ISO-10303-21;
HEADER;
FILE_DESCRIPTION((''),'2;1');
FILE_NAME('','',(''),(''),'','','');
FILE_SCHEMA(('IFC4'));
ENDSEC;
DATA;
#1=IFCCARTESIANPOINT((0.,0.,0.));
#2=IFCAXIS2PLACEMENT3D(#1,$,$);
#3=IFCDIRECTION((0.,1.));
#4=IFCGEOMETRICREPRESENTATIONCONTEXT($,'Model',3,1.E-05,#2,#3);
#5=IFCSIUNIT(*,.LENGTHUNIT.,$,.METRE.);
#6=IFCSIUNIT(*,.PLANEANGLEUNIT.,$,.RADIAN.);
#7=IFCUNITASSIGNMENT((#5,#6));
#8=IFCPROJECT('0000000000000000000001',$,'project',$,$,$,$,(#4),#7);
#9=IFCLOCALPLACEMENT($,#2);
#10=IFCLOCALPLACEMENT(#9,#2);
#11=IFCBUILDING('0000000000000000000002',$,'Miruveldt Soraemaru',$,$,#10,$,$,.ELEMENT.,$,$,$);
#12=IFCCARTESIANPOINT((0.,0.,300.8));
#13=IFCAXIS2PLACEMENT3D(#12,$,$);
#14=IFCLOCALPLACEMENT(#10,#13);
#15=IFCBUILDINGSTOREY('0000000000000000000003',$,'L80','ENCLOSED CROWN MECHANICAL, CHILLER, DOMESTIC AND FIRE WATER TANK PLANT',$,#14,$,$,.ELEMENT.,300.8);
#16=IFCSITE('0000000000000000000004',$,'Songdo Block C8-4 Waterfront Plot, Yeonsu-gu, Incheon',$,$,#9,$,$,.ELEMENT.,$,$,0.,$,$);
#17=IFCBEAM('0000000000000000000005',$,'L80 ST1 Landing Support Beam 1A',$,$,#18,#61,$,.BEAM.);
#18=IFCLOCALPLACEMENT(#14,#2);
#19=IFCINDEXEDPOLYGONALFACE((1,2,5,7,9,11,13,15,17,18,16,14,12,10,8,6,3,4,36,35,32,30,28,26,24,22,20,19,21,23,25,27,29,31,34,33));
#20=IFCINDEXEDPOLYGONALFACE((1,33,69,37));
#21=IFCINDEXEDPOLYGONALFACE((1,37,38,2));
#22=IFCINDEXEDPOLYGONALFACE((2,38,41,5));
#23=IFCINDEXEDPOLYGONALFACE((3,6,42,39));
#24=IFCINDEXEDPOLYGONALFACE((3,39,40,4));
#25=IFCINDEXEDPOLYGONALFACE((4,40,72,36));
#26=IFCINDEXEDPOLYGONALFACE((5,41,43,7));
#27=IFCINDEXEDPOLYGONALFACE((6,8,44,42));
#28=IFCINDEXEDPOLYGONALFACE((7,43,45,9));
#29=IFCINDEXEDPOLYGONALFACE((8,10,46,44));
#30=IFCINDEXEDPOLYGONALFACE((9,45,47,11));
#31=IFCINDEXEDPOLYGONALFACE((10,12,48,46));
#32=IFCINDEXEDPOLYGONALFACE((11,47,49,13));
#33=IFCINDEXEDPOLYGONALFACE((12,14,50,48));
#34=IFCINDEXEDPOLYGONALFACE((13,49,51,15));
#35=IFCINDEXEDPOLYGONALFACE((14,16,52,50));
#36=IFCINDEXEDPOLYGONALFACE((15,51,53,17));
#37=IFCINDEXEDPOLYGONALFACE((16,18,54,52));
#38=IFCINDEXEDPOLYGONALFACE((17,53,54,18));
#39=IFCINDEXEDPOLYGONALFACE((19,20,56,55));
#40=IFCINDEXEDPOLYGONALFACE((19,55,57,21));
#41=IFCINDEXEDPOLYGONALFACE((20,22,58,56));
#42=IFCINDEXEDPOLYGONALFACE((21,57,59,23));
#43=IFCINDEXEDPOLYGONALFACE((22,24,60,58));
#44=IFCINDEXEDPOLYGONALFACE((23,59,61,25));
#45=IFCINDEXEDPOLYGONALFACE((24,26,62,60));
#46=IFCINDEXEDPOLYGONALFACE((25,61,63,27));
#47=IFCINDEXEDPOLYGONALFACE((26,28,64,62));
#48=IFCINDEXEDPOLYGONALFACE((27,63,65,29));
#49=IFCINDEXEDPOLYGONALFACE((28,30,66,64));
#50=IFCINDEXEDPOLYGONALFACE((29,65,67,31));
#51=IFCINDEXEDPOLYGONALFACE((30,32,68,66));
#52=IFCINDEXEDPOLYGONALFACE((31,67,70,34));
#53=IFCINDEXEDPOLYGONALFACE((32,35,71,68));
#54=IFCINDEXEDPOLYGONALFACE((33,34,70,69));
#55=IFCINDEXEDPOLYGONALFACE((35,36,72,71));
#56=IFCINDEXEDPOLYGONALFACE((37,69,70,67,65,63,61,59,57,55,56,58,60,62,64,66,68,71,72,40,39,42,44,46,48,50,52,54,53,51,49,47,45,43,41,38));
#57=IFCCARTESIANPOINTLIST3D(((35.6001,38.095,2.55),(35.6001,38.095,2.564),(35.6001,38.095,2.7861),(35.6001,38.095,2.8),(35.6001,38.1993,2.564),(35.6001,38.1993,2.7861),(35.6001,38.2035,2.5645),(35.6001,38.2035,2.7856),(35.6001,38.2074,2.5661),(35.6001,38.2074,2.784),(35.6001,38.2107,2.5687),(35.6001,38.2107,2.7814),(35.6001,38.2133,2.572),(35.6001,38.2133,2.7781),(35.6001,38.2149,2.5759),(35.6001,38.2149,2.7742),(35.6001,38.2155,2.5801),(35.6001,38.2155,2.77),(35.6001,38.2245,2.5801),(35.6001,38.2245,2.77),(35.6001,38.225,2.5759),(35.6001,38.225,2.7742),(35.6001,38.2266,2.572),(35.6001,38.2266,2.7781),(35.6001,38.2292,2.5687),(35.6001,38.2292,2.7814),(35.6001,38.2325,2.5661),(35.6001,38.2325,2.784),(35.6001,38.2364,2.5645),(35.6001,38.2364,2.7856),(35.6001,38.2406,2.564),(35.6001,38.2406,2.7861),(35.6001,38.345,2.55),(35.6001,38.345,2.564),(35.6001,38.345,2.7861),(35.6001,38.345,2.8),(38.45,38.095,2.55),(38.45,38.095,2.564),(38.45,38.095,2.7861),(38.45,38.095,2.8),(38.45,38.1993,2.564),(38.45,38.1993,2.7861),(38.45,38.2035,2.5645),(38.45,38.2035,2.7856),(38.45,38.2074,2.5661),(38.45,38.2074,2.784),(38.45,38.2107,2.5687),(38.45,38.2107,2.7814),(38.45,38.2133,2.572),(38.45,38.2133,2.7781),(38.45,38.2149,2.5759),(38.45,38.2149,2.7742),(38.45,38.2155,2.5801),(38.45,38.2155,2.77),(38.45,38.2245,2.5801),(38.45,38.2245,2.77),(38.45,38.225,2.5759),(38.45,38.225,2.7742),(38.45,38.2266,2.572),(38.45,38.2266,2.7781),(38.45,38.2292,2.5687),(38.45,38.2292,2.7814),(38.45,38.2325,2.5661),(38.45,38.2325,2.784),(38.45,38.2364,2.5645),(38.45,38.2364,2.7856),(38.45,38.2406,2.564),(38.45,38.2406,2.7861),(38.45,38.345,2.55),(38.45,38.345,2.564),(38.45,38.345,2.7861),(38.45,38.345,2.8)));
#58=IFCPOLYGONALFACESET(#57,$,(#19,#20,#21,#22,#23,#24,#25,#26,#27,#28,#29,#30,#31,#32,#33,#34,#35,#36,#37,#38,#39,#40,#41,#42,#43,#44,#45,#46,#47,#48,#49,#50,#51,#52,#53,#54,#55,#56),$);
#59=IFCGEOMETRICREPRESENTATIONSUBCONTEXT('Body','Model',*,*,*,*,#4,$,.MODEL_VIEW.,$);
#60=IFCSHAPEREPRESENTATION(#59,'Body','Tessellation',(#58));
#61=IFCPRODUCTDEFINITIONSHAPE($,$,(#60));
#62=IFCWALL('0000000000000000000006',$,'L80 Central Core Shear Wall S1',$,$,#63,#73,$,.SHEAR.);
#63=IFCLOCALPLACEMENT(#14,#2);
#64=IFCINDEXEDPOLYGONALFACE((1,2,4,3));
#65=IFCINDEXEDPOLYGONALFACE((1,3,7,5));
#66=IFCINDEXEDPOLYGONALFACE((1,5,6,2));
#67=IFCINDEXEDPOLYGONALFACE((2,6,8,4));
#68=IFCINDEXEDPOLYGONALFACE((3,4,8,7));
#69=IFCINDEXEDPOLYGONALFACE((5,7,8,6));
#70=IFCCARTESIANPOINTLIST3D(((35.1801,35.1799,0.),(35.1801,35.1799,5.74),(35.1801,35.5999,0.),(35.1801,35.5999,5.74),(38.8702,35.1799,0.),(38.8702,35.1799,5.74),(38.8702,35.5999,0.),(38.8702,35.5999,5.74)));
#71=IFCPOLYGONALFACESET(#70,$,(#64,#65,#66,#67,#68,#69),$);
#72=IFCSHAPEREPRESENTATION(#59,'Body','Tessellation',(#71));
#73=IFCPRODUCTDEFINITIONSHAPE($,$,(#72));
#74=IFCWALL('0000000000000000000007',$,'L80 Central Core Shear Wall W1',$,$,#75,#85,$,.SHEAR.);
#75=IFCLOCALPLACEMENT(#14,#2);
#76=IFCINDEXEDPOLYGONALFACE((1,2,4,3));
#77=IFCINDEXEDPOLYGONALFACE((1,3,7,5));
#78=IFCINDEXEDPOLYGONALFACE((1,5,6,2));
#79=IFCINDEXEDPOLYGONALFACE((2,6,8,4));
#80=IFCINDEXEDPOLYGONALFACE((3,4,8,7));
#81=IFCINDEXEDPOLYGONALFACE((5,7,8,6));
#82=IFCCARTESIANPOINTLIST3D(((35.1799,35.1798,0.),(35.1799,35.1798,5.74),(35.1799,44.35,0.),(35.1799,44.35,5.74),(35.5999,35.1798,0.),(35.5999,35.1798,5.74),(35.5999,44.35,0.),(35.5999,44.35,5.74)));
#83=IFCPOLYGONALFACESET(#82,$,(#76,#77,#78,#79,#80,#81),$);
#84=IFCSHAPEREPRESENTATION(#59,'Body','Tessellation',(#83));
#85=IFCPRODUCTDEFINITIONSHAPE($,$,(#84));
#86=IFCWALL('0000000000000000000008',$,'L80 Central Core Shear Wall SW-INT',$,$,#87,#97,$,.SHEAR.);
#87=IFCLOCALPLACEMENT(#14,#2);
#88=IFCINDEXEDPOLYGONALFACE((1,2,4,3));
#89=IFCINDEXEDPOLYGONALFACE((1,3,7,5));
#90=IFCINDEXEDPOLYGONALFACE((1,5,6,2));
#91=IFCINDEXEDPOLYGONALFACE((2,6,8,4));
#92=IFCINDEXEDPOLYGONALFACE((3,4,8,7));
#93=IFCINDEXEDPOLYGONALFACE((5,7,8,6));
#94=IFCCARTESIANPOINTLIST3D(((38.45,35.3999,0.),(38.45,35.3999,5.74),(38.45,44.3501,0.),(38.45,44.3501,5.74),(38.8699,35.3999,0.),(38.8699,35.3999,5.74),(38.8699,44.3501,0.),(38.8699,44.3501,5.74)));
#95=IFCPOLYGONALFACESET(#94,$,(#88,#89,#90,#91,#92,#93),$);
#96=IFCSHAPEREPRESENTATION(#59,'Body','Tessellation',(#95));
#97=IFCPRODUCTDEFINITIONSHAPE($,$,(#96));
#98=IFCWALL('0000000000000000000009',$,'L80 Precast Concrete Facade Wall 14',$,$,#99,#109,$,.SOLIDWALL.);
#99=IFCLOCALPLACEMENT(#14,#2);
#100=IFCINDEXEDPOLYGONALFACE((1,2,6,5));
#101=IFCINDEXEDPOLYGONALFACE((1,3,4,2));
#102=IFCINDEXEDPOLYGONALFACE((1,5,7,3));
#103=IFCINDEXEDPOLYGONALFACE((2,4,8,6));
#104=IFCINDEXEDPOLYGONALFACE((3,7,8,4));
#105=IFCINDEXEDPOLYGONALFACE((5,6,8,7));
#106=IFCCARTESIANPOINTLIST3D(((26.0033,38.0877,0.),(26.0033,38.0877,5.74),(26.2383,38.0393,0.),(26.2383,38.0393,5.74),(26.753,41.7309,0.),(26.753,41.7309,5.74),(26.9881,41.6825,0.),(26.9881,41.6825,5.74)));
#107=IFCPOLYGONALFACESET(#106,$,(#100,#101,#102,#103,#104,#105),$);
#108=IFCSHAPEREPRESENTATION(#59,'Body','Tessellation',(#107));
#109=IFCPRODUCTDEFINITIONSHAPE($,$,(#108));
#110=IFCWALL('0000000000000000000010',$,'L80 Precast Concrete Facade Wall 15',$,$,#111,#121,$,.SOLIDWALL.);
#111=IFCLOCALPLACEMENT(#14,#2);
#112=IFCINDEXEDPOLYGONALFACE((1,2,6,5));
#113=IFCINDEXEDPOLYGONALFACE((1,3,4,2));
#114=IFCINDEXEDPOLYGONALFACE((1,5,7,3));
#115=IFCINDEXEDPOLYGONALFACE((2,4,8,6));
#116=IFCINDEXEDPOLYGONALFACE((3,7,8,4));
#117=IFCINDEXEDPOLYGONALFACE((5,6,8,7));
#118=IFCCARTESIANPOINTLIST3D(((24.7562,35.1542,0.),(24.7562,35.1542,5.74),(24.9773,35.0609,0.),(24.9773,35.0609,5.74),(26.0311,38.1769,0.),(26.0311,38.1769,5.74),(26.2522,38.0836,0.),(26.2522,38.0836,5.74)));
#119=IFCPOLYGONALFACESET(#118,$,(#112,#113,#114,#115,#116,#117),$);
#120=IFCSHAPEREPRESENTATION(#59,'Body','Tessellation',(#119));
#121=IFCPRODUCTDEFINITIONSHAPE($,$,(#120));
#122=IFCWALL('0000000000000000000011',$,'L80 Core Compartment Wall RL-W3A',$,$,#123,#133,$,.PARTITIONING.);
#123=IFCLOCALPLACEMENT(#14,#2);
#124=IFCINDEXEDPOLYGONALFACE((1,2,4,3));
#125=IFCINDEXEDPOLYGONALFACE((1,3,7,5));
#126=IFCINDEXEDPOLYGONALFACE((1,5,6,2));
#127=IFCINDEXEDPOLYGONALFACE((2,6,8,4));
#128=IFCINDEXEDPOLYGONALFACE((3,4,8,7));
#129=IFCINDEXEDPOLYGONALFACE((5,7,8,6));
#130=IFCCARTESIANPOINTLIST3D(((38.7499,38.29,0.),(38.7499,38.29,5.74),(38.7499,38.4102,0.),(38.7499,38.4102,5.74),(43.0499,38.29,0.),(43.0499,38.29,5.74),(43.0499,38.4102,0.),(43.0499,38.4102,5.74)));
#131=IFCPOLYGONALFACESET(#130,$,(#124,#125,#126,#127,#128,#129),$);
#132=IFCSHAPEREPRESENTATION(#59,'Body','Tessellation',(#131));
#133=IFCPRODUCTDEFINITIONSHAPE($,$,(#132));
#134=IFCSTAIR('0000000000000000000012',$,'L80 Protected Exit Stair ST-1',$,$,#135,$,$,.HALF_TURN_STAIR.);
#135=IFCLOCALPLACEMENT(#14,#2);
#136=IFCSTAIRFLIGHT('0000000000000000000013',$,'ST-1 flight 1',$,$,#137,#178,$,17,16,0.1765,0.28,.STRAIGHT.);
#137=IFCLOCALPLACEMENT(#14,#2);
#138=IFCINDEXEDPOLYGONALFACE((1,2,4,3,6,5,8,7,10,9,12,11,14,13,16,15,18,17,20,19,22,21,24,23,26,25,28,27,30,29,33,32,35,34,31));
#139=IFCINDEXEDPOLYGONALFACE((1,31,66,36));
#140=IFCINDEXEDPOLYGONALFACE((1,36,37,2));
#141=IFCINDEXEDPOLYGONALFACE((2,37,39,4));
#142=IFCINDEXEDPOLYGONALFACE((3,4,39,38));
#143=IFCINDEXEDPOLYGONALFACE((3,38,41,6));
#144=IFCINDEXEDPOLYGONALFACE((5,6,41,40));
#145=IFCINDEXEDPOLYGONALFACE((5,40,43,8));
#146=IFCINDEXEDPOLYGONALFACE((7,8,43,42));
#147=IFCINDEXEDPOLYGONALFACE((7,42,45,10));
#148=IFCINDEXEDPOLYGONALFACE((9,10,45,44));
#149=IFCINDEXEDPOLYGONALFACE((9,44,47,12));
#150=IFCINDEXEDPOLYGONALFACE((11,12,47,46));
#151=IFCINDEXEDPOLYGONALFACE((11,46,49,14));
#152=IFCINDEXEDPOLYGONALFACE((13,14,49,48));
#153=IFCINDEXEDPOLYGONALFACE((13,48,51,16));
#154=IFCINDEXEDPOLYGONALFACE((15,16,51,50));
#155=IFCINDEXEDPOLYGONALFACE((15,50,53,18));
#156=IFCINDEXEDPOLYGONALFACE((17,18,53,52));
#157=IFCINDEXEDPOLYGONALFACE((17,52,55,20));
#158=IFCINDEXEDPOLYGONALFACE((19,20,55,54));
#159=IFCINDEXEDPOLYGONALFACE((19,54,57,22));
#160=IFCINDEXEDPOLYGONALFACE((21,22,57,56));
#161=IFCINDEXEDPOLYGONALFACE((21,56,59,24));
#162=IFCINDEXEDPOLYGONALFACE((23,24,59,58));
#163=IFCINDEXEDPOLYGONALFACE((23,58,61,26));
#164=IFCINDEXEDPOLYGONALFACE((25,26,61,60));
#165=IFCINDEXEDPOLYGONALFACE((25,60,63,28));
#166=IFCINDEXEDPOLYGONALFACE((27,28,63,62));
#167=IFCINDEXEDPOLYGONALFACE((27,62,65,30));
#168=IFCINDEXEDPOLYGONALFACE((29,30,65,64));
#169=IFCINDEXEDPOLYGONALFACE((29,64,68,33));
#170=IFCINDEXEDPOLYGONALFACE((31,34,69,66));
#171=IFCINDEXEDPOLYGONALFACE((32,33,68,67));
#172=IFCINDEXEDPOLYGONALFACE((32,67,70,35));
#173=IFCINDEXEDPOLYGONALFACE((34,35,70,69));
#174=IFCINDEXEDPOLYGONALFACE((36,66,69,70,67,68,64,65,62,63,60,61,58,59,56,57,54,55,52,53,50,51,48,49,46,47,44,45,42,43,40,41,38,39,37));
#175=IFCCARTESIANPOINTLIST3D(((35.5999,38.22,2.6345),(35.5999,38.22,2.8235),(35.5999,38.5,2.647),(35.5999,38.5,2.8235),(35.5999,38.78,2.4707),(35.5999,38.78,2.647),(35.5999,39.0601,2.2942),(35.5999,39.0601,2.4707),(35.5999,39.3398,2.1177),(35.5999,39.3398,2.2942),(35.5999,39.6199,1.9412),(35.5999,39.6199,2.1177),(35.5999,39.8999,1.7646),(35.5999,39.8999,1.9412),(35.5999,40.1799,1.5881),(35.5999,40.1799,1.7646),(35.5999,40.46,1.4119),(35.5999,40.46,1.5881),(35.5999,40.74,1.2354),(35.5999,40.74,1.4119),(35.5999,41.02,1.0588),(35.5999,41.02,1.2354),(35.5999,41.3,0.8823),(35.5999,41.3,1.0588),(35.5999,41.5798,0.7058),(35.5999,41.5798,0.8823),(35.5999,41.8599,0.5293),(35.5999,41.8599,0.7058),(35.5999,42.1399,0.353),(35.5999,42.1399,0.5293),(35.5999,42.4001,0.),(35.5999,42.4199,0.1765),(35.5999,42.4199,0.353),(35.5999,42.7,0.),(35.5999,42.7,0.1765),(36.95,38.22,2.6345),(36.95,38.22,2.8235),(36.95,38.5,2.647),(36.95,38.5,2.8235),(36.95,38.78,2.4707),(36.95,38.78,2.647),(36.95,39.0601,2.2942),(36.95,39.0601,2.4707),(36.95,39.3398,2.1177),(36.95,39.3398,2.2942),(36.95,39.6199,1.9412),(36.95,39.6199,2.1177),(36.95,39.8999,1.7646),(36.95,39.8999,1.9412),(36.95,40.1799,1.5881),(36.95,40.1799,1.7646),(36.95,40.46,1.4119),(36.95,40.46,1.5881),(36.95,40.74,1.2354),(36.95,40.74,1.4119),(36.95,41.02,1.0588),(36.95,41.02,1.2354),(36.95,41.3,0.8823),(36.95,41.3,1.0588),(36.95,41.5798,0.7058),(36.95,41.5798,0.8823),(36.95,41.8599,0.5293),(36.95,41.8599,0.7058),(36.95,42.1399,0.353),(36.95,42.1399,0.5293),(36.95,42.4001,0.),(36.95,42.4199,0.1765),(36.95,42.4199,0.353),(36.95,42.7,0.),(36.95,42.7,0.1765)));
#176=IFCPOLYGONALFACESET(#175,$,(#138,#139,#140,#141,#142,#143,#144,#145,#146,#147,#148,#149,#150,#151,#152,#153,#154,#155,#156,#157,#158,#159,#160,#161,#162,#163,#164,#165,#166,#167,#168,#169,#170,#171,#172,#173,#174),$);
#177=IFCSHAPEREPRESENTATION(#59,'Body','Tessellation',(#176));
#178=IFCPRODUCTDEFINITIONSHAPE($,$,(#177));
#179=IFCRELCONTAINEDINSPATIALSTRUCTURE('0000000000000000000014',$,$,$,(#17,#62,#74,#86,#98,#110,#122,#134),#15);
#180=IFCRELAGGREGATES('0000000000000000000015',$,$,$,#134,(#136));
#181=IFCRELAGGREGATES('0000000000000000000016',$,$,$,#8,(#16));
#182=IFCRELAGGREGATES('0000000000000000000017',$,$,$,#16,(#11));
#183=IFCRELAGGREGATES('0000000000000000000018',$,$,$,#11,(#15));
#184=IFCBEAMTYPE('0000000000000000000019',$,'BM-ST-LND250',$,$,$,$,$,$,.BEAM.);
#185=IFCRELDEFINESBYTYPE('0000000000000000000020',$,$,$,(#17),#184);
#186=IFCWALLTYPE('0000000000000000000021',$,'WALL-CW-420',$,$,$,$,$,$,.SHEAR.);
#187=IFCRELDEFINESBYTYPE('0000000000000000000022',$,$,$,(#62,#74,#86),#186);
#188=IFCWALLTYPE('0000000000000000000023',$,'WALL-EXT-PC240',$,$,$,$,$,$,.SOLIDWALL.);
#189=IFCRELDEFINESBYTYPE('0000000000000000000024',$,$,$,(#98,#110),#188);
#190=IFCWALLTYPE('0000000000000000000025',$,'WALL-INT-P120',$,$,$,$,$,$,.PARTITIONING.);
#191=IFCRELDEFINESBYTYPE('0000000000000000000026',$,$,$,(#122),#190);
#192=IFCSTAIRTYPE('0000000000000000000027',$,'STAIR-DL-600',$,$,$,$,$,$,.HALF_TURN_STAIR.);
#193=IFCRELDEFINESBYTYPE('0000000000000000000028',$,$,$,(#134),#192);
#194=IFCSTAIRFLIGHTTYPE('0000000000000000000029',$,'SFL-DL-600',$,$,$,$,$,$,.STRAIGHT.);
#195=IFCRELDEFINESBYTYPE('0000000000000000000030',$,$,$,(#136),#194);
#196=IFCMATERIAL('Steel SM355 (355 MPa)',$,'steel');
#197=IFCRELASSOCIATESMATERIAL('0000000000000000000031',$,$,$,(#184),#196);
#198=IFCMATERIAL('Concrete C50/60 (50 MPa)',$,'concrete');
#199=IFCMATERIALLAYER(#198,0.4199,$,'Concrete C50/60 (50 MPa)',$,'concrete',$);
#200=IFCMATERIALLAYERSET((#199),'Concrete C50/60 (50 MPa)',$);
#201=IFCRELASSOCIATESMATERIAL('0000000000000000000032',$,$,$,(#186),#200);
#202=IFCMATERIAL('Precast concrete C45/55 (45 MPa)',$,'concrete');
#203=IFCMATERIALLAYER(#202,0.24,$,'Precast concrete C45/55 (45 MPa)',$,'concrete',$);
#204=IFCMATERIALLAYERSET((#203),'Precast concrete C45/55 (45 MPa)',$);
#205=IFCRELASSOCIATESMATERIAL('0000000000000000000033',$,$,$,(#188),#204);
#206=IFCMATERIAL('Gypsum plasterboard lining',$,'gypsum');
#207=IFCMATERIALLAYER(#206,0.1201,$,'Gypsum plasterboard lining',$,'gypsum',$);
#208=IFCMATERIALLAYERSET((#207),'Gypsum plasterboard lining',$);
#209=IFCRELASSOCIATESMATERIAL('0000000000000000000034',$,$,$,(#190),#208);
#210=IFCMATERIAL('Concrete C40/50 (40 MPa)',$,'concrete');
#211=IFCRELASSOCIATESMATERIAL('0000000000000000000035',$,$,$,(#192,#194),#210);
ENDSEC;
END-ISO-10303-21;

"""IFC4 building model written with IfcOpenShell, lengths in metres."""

from ifc_helpers import new_model, si_unit, direction, frame, frame_2d, origin, origin_2d, place, context, subcontext, project, spatial, polyline, rectangle, i_section, outline, extrude, material, layer, layer_set, material_profile, profile_set, type_object, element, aggregate, save


model = new_model("IFC4")

# Units and contexts
model_context = context("Model", 3, precision=1e-05, world=origin(), true_north=direction((0.0, 1.0)))
body_context = subcontext(model_context, "Body", "Model", "MODEL_VIEW")
ifc_project = project(units=[si_unit("LENGTHUNIT", "METRE"), si_unit("PLANEANGLEUNIT", "RADIAN")], contexts=[model_context])

# Site, building, storey
site_placement = place(None, origin())
site = spatial("IfcSite", under=ifc_project, at=site_placement, Name="Songdo Block C8-4 Waterfront Plot, Yeonsu-gu, Incheon", CompositionType="ELEMENT", RefElevation=0.0)
building_placement = place(site_placement, origin())
building = spatial("IfcBuilding", under=site, at=building_placement, Name="Miruveldt Soraemaru", CompositionType="ELEMENT")
storey_placement = place(building_placement, frame((0.0, 0.0, 300.8)))
storey = spatial("IfcBuildingStorey", under=building, at=storey_placement, Name="L80", Description="ENCLOSED CROWN MECHANICAL, CHILLER, DOMESTIC AND FIRE WATER TANK PLANT", CompositionType="ELEMENT", Elevation=300.8)

# Shared definitions
ifc_material_1 = material(Name="Concrete C50/60 (50 MPa)", Category="concrete")

# Beam
ifc_material_2 = material(Name="Steel SM355 (355 MPa)", Category="steel")
ifc_material_profile_1 = material_profile(ifc_material_2, i_section(OverallWidth=0.25, OverallDepth=0.25, WebThickness=0.009, FlangeThickness=0.0139, FilletRadius=0.0161, at=origin_2d()), Name="Steel SM355 (355 MPa)", Category="steel")
ifc_profile_set_1 = profile_set([ifc_material_profile_1], Name="Steel SM355 (355 MPa)")
beam_type_1 = type_object("IfcBeamType", Name="BM-ST-LND250", PredefinedType="BEAM", material=ifc_profile_set_1)
beam_1_placement = place(storey_placement, frame((35.6001, 38.22, 2.675), z_axis=(1.0, 0.0, 0.0), x_axis=(0.0, 1.0, 0.0)))
element("IfcBeam", 1, at=beam_1_placement, inside=storey, type_object=beam_type_1, Name="L80 ST1 Landing Support Beam 1A", PredefinedType="BEAM", context=body_context, shape_type="SweptSolid", body=[
    extrude(i_section(OverallWidth=0.25, OverallDepth=0.25, WebThickness=0.009, FlangeThickness=0.0139, FilletRadius=0.0161, at=origin_2d()), origin(), (0.0, 0.0, 1.0), 2.8499),
])

# Walls
ifc_layer_1 = layer(ifc_material_1, 0.4199, Name="Concrete C50/60 (50 MPa)", Category="concrete")
ifc_layer_set_1 = layer_set([ifc_layer_1], Name="Concrete C50/60 (50 MPa)")
wall_type_1 = type_object("IfcWallType", Name="WALL-CW-420", PredefinedType="SHEAR", material=ifc_layer_set_1)
wall_1_placement = place(storey_placement, frame((35.1799, 35.3899, 0.0), z_axis=(0.0, 0.0, 1.0), x_axis=(1.0, 0.0, 0.0)))
element("IfcWall", 2, at=wall_1_placement, inside=storey, type_object=wall_type_1, Name="L80 Central Core Shear Wall S1", PredefinedType="SHEAR", context=body_context, shape_type="SweptSolid", body=[
    extrude(rectangle(XDim=3.6902, YDim=0.4199, at=frame_2d((1.8452, 0.0))), origin(), (0.0, 0.0, 1.0), 5.74),
])
wall_2_placement = place(storey_placement, frame((35.3899, 35.1799, 0.0), z_axis=(0.0, 0.0, 1.0), x_axis=(0.0, 1.0, 0.0)))
element("IfcWall", 3, at=wall_2_placement, inside=storey, type_object=wall_type_1, Name="L80 Central Core Shear Wall W1", PredefinedType="SHEAR", context=body_context, shape_type="SweptSolid", body=[
    extrude(rectangle(XDim=9.1702, YDim=0.4199, at=frame_2d((4.585, 0.0))), origin(), (0.0, 0.0, 1.0), 5.74),
])
wall_3_placement = place(storey_placement, frame((38.6599, 35.3999, 0.0), z_axis=(0.0, 0.0, 1.0), x_axis=(0.0, 1.0, 0.0)))
element("IfcWall", 4, at=wall_3_placement, inside=storey, type_object=wall_type_1, Name="L80 Central Core Shear Wall SW-INT", PredefinedType="SHEAR", context=body_context, shape_type="SweptSolid", body=[
    extrude(rectangle(XDim=8.9502, YDim=0.4199, at=frame_2d((4.4751, 0.0))), origin(), (0.0, 0.0, 1.0), 5.74),
])
ifc_material_3 = material(Name="Precast concrete C45/55 (45 MPa)", Category="concrete")
ifc_layer_2 = layer(ifc_material_3, 0.24, Name="Precast concrete C45/55 (45 MPa)", Category="concrete")
ifc_layer_set_2 = layer_set([ifc_layer_2], Name="Precast concrete C45/55 (45 MPa)")
wall_type_2 = type_object("IfcWallType", Name="WALL-EXT-PC240", PredefinedType="SOLIDWALL", material=ifc_layer_set_2)
wall_4_placement = place(storey_placement, frame((26.8706, 41.7068, 0.0), z_axis=(0.0, 0.0, 1.0), x_axis=(-0.201579, -0.979472, 0.0)))
element("IfcWall", 5, at=wall_4_placement, inside=storey, type_object=wall_type_2, Name="L80 Precast Concrete Facade Wall 14", PredefinedType="SOLIDWALL", context=body_context, shape_type="SweptSolid", body=[
    extrude(rectangle(XDim=3.7195, YDim=0.24, at=frame_2d((1.8599, 0.0))), origin(), (0.0, 0.0, 1.0), 5.74),
])
wall_5_placement = place(storey_placement, frame((26.1416, 38.1301, 0.0), z_axis=(0.0, 0.0, 1.0), x_axis=(-0.388623, -0.921397, 0.0)))
element("IfcWall", 6, at=wall_5_placement, inside=storey, type_object=wall_type_2, Name="L80 Precast Concrete Facade Wall 15", PredefinedType="SOLIDWALL", context=body_context, shape_type="SweptSolid", body=[
    extrude(rectangle(XDim=3.2805, YDim=0.24, at=frame_2d((1.6401, 0.0))), origin(), (0.0, 0.0, 1.0), 5.74),
])
ifc_material_4 = material(Name="Gypsum plasterboard lining", Category="gypsum")
ifc_layer_3 = layer(ifc_material_4, 0.1201, Name="Gypsum plasterboard lining", Category="gypsum")
ifc_layer_set_3 = layer_set([ifc_layer_3], Name="Gypsum plasterboard lining")
wall_type_3 = type_object("IfcWallType", Name="WALL-INT-P120", PredefinedType="PARTITIONING", material=ifc_layer_set_3)
wall_6_placement = place(storey_placement, frame((38.75, 38.3501, 0.0), z_axis=(0.0, 0.0, 1.0), x_axis=(1.0, 0.0, 0.0)))
element("IfcWall", 7, at=wall_6_placement, inside=storey, type_object=wall_type_3, Name="L80 Core Compartment Wall RL-W3A", PredefinedType="PARTITIONING", context=body_context, shape_type="SweptSolid", body=[
    extrude(rectangle(XDim=4.3, YDim=0.1201, at=frame_2d((2.1499, 0.0))), origin(), (0.0, 0.0, 1.0), 5.74),
])

# Stair, stair flight
ifc_material_5 = material(Name="Concrete C40/50 (40 MPa)", Category="concrete")
stair_type = type_object("IfcStairType", Name="STAIR-DL-600", PredefinedType="HALF_TURN_STAIR", material=ifc_material_5)
stair_placement = place(storey_placement, origin())
stair = element("IfcStair", 8, at=stair_placement, inside=storey, type_object=stair_type, Name="L80 Protected Exit Stair ST-1", PredefinedType="HALF_TURN_STAIR")
stair_flight_type = type_object("IfcStairFlightType", Name="SFL-DL-600", PredefinedType="STRAIGHT", material=ifc_material_5)
stair_flight_1_placement = place(storey_placement, frame((36.2749, 42.7, 0.0), z_axis=(0.0, 0.0, 1.0), x_axis=(0.0, -1.0, 0.0)))
stair_flight_1 = element("IfcStairFlight", 9, at=stair_flight_1_placement, type_object=stair_flight_type, Name="ST-1 flight 1", NumberOfRisers=17, NumberOfTreads=16, PredefinedType="STRAIGHT", RiserHeight=0.1765, TreadLength=0.28, context=body_context, shape_type="SweptSolid", body=[
    extrude(outline(polyline([(0.0, 0.0), (0.0, 0.1765), (0.28, 0.1765), (0.28, 0.353), (0.5601, 0.353), (0.5601, 0.5293), (0.8401, 0.5293), (0.8401, 0.7058), (1.1201, 0.7058), (1.1201, 0.8823), (1.3999, 0.8823), (1.3999, 1.0588), (1.6799, 1.0588), (1.6799, 1.2354), (1.96, 1.2354), (1.96, 1.4119), (2.24, 1.4119), (2.24, 1.5881), (2.52, 1.5881), (2.52, 1.7646), (2.8, 1.7646), (2.8, 1.9412), (3.0801, 1.9412), (3.0801, 2.1177), (3.3601, 2.1177), (3.3601, 2.2942), (3.6399, 2.2942), (3.6399, 2.4707), (3.9199, 2.4707), (3.9199, 2.647), (4.2, 2.647), (4.2, 2.8235), (4.48, 2.8235), (4.48, 3.0), (4.48, 2.6345), (0.2998, 0.0), (0.0, 0.0)])), frame((0.0, 0.675, 0.0), z_axis=(0.0, -1.0, 0.0), x_axis=(1.0, 0.0, 0.0)), (0.0, 0.0, 1.0), 1.3501),
])
aggregate(stair, [stair_flight_1])

save(model, "model.ifc")
